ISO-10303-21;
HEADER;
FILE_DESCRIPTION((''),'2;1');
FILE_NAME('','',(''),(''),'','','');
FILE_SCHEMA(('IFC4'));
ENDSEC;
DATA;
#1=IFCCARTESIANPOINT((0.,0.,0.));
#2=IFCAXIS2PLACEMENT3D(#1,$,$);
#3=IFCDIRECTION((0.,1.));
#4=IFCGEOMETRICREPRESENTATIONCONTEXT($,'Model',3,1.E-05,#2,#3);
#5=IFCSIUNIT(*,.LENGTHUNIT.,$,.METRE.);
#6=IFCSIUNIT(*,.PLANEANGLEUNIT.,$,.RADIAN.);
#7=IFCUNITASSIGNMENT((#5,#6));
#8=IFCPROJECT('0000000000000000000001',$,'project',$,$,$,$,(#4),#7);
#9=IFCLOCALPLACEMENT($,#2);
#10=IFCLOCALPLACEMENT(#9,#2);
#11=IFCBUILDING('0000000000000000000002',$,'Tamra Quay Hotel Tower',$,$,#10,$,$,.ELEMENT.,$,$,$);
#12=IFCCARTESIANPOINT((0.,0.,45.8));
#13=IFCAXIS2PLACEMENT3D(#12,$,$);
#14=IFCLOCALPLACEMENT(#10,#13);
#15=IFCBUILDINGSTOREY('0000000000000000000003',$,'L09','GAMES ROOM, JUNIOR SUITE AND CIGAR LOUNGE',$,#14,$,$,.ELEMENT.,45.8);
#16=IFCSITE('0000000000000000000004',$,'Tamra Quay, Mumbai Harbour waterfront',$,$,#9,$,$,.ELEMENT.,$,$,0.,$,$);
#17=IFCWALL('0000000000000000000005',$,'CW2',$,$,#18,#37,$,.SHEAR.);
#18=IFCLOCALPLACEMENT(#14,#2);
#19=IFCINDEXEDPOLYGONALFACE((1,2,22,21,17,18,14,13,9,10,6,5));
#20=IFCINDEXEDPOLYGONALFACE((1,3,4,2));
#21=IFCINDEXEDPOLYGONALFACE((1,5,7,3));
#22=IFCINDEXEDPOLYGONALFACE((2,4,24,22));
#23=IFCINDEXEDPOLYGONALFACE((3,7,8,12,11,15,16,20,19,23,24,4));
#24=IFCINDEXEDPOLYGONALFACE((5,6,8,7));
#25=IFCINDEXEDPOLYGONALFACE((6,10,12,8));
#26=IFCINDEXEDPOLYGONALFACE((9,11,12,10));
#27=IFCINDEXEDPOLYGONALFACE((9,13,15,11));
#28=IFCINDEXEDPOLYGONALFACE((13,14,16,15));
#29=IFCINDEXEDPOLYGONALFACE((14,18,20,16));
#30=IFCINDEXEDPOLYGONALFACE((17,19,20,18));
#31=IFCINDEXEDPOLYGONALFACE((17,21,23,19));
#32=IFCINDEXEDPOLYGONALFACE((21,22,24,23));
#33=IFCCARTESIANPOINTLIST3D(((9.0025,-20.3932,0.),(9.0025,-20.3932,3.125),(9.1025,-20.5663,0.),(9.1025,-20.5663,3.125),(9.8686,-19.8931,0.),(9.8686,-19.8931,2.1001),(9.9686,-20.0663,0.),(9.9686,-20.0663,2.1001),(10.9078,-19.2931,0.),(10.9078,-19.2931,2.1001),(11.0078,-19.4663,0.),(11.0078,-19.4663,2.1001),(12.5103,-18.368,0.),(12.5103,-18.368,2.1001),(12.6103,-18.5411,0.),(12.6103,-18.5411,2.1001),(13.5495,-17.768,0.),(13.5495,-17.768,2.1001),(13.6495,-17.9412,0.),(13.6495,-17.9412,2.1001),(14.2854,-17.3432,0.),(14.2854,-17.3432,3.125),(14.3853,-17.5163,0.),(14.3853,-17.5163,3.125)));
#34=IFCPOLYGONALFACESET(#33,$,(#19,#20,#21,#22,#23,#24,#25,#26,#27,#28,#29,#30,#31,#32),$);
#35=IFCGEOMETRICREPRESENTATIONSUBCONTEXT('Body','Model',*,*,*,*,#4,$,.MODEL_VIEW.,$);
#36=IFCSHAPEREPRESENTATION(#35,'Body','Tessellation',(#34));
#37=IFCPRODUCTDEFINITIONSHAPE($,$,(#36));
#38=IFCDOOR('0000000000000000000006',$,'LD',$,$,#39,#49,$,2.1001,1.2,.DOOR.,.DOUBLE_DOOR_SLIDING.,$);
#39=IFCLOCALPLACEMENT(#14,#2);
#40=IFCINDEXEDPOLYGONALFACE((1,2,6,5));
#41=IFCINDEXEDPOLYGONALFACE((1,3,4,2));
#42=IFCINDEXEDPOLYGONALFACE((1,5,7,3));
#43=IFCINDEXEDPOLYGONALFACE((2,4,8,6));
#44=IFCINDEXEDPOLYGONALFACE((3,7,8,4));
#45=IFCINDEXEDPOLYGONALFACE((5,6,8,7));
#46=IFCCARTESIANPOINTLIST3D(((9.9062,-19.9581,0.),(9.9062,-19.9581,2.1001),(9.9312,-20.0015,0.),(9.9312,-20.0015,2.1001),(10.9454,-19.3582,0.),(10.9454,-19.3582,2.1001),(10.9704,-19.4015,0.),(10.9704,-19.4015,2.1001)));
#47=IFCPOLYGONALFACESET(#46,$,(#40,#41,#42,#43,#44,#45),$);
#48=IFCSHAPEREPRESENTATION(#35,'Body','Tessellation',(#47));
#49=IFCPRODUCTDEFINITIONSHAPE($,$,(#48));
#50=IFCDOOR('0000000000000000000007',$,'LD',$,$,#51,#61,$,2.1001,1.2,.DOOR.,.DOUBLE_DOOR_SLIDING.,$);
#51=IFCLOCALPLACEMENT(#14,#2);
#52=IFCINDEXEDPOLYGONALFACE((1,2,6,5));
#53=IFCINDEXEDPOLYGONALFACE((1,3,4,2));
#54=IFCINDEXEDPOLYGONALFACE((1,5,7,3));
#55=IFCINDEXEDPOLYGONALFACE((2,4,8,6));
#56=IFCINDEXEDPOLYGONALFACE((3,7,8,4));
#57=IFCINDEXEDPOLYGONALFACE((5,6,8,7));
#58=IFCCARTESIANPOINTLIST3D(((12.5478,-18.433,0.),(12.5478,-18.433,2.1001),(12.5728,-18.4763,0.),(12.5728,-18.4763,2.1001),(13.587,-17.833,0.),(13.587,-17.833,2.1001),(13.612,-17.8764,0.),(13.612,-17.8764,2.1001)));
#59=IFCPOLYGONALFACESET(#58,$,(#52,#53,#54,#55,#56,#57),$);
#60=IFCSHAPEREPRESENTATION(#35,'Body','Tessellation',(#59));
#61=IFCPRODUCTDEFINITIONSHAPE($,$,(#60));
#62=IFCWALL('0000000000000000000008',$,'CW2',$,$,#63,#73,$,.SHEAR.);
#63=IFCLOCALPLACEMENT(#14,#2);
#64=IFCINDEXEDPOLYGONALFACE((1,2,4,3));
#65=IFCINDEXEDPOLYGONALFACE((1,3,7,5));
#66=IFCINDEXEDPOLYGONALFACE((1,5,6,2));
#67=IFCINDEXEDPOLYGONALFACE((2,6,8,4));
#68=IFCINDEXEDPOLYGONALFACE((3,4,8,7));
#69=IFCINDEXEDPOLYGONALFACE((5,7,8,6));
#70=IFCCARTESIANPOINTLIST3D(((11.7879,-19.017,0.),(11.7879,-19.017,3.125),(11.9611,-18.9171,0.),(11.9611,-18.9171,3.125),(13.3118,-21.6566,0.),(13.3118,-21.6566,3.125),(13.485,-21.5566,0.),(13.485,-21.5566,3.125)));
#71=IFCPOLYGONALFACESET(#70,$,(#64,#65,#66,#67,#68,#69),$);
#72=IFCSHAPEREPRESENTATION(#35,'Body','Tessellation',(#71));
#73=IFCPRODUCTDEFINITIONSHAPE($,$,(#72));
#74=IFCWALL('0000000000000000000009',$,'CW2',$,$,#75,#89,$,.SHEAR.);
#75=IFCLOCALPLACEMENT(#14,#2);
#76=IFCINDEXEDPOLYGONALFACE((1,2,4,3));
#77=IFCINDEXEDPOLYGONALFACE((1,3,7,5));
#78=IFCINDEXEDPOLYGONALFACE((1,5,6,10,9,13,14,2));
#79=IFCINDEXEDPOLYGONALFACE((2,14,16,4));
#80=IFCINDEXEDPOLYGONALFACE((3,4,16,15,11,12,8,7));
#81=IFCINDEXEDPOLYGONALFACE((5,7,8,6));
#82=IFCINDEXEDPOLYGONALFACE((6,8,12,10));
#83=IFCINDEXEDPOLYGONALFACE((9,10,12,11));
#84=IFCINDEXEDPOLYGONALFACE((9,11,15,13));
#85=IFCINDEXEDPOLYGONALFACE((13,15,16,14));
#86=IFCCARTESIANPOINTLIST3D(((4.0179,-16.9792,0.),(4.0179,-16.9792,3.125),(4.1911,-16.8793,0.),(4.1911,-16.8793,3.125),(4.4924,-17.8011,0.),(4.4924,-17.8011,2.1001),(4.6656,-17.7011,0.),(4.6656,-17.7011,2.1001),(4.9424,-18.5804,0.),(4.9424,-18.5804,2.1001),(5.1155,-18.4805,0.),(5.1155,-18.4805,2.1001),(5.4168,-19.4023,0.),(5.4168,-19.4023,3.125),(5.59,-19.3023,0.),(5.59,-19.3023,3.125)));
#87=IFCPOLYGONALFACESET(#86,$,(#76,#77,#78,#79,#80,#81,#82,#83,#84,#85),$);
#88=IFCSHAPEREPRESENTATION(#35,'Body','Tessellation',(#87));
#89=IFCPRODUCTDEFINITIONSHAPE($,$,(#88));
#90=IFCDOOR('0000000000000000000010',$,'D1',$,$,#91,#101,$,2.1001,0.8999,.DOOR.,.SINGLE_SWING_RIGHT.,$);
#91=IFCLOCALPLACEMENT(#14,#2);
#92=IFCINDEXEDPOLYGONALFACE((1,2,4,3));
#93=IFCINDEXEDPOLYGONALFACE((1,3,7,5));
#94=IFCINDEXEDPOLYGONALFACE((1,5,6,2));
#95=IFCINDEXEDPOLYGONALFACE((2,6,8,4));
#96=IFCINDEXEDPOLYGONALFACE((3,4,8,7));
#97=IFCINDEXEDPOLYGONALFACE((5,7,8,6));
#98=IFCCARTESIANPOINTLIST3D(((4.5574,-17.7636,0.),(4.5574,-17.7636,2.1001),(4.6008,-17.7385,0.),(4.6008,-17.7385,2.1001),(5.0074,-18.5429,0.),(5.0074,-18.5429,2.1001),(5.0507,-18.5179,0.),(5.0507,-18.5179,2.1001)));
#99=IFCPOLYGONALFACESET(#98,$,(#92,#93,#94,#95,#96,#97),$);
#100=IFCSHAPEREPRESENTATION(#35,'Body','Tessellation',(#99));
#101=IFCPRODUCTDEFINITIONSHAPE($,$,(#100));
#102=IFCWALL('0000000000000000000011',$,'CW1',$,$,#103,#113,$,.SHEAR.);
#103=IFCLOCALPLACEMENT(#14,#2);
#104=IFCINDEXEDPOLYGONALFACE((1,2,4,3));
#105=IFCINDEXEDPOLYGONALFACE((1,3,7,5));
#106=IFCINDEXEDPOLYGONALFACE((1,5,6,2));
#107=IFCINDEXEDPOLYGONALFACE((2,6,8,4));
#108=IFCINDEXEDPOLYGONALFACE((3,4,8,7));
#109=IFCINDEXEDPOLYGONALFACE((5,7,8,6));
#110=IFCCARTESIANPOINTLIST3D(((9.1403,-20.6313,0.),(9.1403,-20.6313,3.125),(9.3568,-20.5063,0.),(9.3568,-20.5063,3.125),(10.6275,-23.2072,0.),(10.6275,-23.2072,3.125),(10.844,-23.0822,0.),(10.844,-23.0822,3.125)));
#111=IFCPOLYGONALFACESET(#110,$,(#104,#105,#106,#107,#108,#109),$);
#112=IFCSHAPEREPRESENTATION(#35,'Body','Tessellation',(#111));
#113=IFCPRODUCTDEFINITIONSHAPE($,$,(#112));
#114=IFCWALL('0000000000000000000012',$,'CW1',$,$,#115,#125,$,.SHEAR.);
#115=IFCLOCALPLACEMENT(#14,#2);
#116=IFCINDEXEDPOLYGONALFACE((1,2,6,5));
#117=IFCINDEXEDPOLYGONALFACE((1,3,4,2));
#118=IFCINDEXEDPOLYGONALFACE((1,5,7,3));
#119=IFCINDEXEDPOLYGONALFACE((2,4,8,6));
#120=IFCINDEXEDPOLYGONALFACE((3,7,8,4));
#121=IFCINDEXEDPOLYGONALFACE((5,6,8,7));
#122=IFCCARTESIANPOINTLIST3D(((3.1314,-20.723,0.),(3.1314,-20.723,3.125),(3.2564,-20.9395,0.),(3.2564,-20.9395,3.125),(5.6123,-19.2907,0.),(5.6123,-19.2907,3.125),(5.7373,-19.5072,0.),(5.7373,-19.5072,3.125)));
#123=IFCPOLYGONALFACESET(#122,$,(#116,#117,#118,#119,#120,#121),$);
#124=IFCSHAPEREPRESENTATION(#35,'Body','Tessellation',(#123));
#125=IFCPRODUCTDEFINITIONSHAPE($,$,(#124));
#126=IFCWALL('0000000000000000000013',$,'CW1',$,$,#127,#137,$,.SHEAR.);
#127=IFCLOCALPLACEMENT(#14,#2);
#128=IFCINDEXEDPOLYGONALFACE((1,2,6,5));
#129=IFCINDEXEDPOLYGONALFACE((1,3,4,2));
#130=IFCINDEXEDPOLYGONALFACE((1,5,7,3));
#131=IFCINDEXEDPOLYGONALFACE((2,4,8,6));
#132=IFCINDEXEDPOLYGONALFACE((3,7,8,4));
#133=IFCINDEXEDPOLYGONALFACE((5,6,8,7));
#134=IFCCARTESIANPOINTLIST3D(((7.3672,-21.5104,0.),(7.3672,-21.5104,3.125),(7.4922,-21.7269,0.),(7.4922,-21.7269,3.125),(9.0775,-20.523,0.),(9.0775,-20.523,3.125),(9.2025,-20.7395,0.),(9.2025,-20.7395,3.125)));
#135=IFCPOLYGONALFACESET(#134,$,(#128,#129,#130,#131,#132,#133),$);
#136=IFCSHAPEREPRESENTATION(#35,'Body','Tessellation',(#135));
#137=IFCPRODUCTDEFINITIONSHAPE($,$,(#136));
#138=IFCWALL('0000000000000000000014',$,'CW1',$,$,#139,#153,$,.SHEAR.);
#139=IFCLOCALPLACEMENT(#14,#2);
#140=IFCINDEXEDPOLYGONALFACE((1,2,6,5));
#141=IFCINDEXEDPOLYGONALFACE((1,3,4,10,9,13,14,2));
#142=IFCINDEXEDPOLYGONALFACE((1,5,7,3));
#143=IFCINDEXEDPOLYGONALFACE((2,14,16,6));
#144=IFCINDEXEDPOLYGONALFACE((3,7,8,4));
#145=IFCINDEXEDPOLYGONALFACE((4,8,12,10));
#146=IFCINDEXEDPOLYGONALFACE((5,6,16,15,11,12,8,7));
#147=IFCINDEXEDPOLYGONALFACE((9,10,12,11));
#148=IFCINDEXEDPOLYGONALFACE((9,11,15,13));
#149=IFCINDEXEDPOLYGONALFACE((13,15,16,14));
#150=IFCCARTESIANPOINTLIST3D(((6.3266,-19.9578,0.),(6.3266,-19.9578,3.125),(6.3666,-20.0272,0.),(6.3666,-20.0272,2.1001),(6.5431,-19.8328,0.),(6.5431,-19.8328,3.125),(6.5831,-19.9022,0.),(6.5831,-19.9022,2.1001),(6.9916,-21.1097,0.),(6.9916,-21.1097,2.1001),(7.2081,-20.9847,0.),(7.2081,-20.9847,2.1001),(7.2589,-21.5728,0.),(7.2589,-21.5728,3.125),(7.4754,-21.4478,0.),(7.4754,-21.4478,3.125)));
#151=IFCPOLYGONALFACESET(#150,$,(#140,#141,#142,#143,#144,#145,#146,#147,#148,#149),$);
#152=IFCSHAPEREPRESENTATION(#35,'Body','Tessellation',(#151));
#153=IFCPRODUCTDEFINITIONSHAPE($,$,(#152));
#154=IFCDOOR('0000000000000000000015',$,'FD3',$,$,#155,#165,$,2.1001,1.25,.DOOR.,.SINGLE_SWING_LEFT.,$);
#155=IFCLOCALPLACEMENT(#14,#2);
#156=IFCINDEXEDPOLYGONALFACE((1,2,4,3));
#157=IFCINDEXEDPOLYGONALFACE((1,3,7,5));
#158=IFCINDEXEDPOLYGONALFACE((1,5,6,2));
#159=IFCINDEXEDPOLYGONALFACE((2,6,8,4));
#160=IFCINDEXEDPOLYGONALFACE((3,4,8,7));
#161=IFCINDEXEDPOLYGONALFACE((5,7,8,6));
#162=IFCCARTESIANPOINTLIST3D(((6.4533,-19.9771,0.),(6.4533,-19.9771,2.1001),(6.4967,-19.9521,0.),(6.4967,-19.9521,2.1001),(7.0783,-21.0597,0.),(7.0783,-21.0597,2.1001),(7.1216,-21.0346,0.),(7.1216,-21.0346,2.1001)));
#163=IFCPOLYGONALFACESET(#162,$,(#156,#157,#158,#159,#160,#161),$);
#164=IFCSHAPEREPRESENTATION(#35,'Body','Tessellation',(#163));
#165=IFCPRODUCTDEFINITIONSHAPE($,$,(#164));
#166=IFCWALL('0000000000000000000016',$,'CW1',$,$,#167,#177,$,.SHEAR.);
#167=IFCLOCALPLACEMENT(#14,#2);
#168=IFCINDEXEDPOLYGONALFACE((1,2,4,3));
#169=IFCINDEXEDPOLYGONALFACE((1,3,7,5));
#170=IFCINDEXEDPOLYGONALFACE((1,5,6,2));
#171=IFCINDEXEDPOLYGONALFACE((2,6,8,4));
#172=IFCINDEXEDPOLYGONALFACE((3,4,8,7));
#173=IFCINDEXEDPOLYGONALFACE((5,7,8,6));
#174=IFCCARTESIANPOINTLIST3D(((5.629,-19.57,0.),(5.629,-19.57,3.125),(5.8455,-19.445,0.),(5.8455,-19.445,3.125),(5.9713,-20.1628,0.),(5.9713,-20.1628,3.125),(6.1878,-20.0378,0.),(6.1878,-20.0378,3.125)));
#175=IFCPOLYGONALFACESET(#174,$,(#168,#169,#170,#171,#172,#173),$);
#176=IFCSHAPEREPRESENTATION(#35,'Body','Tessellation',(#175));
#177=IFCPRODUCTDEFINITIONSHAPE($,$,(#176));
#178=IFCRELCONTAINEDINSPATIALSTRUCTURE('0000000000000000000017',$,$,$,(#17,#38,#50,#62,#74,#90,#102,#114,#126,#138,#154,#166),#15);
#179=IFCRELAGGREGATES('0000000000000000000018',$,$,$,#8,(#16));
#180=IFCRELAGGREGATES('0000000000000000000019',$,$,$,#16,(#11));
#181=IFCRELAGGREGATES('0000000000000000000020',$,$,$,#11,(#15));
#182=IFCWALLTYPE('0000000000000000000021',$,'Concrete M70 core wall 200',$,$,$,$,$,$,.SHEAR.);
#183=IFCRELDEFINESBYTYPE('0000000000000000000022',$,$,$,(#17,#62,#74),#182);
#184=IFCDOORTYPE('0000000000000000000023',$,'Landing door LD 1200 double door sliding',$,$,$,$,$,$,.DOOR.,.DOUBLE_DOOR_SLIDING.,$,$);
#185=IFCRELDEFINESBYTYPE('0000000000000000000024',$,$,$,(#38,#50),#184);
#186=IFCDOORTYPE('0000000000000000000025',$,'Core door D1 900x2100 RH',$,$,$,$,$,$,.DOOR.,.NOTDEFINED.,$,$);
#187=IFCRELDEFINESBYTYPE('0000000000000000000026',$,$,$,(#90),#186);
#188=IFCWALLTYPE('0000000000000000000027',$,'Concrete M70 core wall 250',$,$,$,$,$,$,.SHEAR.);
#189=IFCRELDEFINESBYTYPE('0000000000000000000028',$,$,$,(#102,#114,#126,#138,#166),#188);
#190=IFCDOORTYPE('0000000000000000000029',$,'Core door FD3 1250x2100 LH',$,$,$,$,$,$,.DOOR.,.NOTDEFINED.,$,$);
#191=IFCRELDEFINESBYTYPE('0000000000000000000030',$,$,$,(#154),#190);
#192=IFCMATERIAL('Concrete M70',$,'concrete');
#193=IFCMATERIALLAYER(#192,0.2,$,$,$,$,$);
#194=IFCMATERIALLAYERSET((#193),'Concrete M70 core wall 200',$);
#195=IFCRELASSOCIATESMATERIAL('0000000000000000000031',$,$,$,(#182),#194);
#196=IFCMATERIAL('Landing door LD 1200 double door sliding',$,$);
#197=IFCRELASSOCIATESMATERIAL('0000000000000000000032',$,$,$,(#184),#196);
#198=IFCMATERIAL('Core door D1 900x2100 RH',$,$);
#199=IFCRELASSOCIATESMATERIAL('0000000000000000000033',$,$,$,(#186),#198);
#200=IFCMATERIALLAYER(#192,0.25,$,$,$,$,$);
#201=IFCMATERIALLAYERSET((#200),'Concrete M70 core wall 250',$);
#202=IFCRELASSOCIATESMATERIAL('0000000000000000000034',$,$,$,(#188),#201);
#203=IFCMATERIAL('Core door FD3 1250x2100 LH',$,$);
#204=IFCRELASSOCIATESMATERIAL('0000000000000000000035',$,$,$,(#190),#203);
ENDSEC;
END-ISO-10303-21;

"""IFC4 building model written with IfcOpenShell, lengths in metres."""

from ifc_helpers import new_model, si_unit, direction, frame, frame_2d, origin, place, context, subcontext, project, spatial, rectangle, extrude, material, layer, layer_set, type_object, element, fill, save


model = new_model("IFC4")

# Units and contexts
model_context = context("Model", 3, precision=1e-05, world=origin(), true_north=direction((0.0, 1.0)))
body_context = subcontext(model_context, "Body", "Model", "MODEL_VIEW")
ifc_project = project(units=[si_unit("LENGTHUNIT", "METRE"), si_unit("PLANEANGLEUNIT", "RADIAN")], contexts=[model_context])

# Site, building, storey
site_placement = place(None, origin())
site = spatial("IfcSite", under=ifc_project, at=site_placement, Name="Tamra Quay, Mumbai Harbour waterfront", CompositionType="ELEMENT", RefElevation=0.0)
building_placement = place(site_placement, origin())
building = spatial("IfcBuilding", under=site, at=building_placement, Name="Tamra Quay Hotel Tower", CompositionType="ELEMENT")
storey_placement = place(building_placement, frame((0.0, 0.0, 45.8)))
storey = spatial("IfcBuildingStorey", under=building, at=storey_placement, Name="L09", Description="GAMES ROOM, JUNIOR SUITE AND CIGAR LOUNGE", CompositionType="ELEMENT", Elevation=45.8)

# Shared definitions
ifc_material_1 = material(Name="Concrete M70", Category="concrete")

# Wall, openings, doors
ifc_layer_1 = layer(ifc_material_1, 0.2)
ifc_layer_set_1 = layer_set([ifc_layer_1], Name="Concrete M70 core wall 200")
wall_type_1 = type_object("IfcWallType", Name="Concrete M70 core wall 200", PredefinedType="SHEAR", material=ifc_layer_set_1)
wall_1_placement = place(storey_placement, frame((9.0525, -20.4797, 0.0), z_axis=(0.0, 0.0, 1.0), x_axis=(0.86603, 0.499992, 0.0)))
wall_1 = element("IfcWall", 1, at=wall_1_placement, inside=storey, type_object=wall_type_1, Name="CW2", PredefinedType="SHEAR", context=body_context, shape_type="SweptSolid", body=[
    extrude(rectangle(XDim=6.1001, YDim=0.2, at=frame_2d((3.05, 0.0))), origin(), (0.0, 0.0, 1.0), 3.125),
])
opening_1_placement = place(wall_1_placement, frame((1.0, 0.0, 0.0)))
opening_1 = element("IfcOpeningElement", 2, at=opening_1_placement, cuts=wall_1, PredefinedType="OPENING", context=body_context, shape_type="SweptSolid", body=[
    extrude(rectangle(XDim=1.2, YDim=2.1001, at=frame_2d((0.6001, 1.05))), frame((0.0, 0.1099, 0.0), z_axis=(0.0, -1.0, 0.0), x_axis=(1.0, 0.0, 0.0)), (0.0, 0.0, 1.0), 0.22),
])
opening_2_placement = place(wall_1_placement, frame((4.0503, 0.0, 0.0)))
opening_2 = element("IfcOpeningElement", 3, at=opening_2_placement, cuts=wall_1, PredefinedType="OPENING", context=body_context, shape_type="SweptSolid", body=[
    extrude(rectangle(XDim=1.2, YDim=2.1001, at=frame_2d((0.6001, 1.05))), frame((0.0, 0.1099, 0.0), z_axis=(0.0, -1.0, 0.0), x_axis=(1.0, 0.0, 0.0)), (0.0, 0.0, 1.0), 0.22),
])
ifc_material_2 = material(Name="Landing door LD 1200 double door sliding")
door_type_1 = type_object("IfcDoorType", Name="Landing door LD 1200 double door sliding", OperationType="DOUBLE_DOOR_SLIDING", PredefinedType="DOOR", material=ifc_material_2)
door_1_placement = place(opening_1_placement, origin())
door_1 = element("IfcDoor", 4, at=door_1_placement, inside=storey, type_object=door_type_1, Name="LD", OperationType="DOUBLE_DOOR_SLIDING", OverallHeight=2.1001, OverallWidth=1.2, PredefinedType="DOOR", context=body_context, shape_type="SweptSolid", body=[
    extrude(rectangle(XDim=1.2, YDim=2.1001, at=frame_2d((0.6001, 1.05))), frame((0.0, 0.0249, 0.0), z_axis=(0.0, -1.0, 0.0), x_axis=(1.0, 0.0, 0.0)), (0.0, 0.0, 1.0), 0.05),
])
fill(opening_1, door_1)
door_2_placement = place(opening_2_placement, origin())
door_2 = element("IfcDoor", 5, at=door_2_placement, inside=storey, type_object=door_type_1, Name="LD", OperationType="DOUBLE_DOOR_SLIDING", OverallHeight=2.1001, OverallWidth=1.2, PredefinedType="DOOR", context=body_context, shape_type="SweptSolid", body=[
    extrude(rectangle(XDim=1.2, YDim=2.1001, at=frame_2d((0.6001, 1.05))), frame((0.0, 0.0249, 0.0), z_axis=(0.0, -1.0, 0.0), x_axis=(1.0, 0.0, 0.0)), (0.0, 0.0, 1.0), 0.05),
])
fill(opening_2, door_2)

# Wall
wall_2_placement = place(storey_placement, frame((11.8745, -18.967, 0.0), z_axis=(0.0, 0.0, 1.0), x_axis=(0.499981, -0.866036, 0.0)))
element("IfcWall", 6, at=wall_2_placement, inside=storey, type_object=wall_type_1, Name="CW2", PredefinedType="SHEAR", context=body_context, shape_type="SweptSolid", body=[
    extrude(rectangle(XDim=3.0479, YDim=0.2, at=frame_2d((1.5239, 0.0))), origin(), (0.0, 0.0, 1.0), 3.125),
])

# Wall, opening, door
wall_3_placement = place(storey_placement, frame((5.5034, -19.3523, 0.0), z_axis=(0.0, 0.0, 1.0), x_axis=(-0.499987, 0.866033, 0.0)))
wall_3 = element("IfcWall", 7, at=wall_3_placement, inside=storey, type_object=wall_type_1, Name="CW2", PredefinedType="SHEAR", context=body_context, shape_type="SweptSolid", body=[
    extrude(rectangle(XDim=2.7979, YDim=0.2, at=frame_2d((1.3989, 0.0))), origin(), (0.0, 0.0, 1.0), 3.125),
])
opening_3_placement = place(wall_3_placement, frame((0.949, 0.0, 0.0)))
opening_3 = element("IfcOpeningElement", 8, at=opening_3_placement, cuts=wall_3, PredefinedType="OPENING", context=body_context, shape_type="SweptSolid", body=[
    extrude(rectangle(XDim=0.8999, YDim=2.1001, at=frame_2d((0.45, 1.05))), frame((0.0, 0.1099, 0.0), z_axis=(0.0, -1.0, 0.0), x_axis=(1.0, 0.0, 0.0)), (0.0, 0.0, 1.0), 0.22),
])
ifc_material_3 = material(Name="Core door D1 900x2100 RH")
door_type_2 = type_object("IfcDoorType", Name="Core door D1 900x2100 RH", OperationType="NOTDEFINED", PredefinedType="DOOR", material=ifc_material_3)
door_3_placement = place(opening_3_placement, origin())
door_3 = element("IfcDoor", 9, at=door_3_placement, inside=storey, type_object=door_type_2, Name="D1", OperationType="SINGLE_SWING_RIGHT", OverallHeight=2.1001, OverallWidth=0.8999, PredefinedType="DOOR", context=body_context, shape_type="SweptSolid", body=[
    extrude(rectangle(XDim=0.8999, YDim=2.1001, at=frame_2d((0.45, 1.05))), frame((0.0, 0.0249, 0.0), z_axis=(0.0, -1.0, 0.0), x_axis=(1.0, 0.0, 0.0)), (0.0, 0.0, 1.0), 0.05),
])
fill(opening_3, door_3)

# Walls
ifc_layer_2 = layer(ifc_material_1, 0.25)
ifc_layer_set_2 = layer_set([ifc_layer_2], Name="Concrete M70 core wall 250")
wall_type_2 = type_object("IfcWallType", Name="Concrete M70 core wall 250", PredefinedType="SHEAR", material=ifc_layer_set_2)
wall_4_placement = place(storey_placement, frame((10.7358, -23.1448, 0.0), z_axis=(0.0, 0.0, 1.0), x_axis=(-0.500023, 0.866012, 0.0)))
element("IfcWall", 10, at=wall_4_placement, inside=storey, type_object=wall_type_2, Name="CW1", PredefinedType="SHEAR", context=body_context, shape_type="SweptSolid", body=[
    extrude(rectangle(XDim=2.9744, YDim=0.25, at=frame_2d((1.4873, 0.0))), origin(), (0.0, 0.0, 1.0), 3.125),
])
wall_5_placement = place(storey_placement, frame((5.6748, -19.3989, 0.0), z_axis=(0.0, 0.0, 1.0), x_axis=(-0.866027, -0.499998, 0.0)))
element("IfcWall", 11, at=wall_5_placement, inside=storey, type_object=wall_type_2, Name="CW1", PredefinedType="SHEAR", context=body_context, shape_type="SweptSolid", body=[
    extrude(rectangle(XDim=2.8647, YDim=0.25, at=frame_2d((1.4324, 0.0))), origin(), (0.0, 0.0, 1.0), 3.125),
])
wall_6_placement = place(storey_placement, frame((9.1399, -20.6313, 0.0), z_axis=(0.0, 0.0, 1.0), x_axis=(-0.866044, -0.499969, 0.0)))
element("IfcWall", 12, at=wall_6_placement, inside=storey, type_object=wall_type_2, Name="CW1", PredefinedType="SHEAR", context=body_context, shape_type="SweptSolid", body=[
    extrude(rectangle(XDim=1.9749, YDim=0.25, at=frame_2d((0.9873, 0.0))), origin(), (0.0, 0.0, 1.0), 3.125),
])

# Wall, opening, door
wall_7_placement = place(storey_placement, frame((7.3672, -21.5103, 0.0), z_axis=(0.0, 0.0, 1.0), x_axis=(-0.499983, 0.866035, 0.0)))
wall_7 = element("IfcWall", 13, at=wall_7_placement, inside=storey, type_object=wall_type_2, Name="CW1", PredefinedType="SHEAR", context=body_context, shape_type="SweptSolid", body=[
    extrude(rectangle(XDim=1.8647, YDim=0.25, at=frame_2d((0.9324, 0.0))), origin(), (0.0, 0.0, 1.0), 3.125),
])
opening_4_placement = place(wall_7_placement, frame((0.5347, 0.0, 0.0)))
opening_4 = element("IfcOpeningElement", 14, at=opening_4_placement, cuts=wall_7, PredefinedType="OPENING", context=body_context, shape_type="SweptSolid", body=[
    extrude(rectangle(XDim=1.25, YDim=2.1001, at=frame_2d((0.625, 1.05))), frame((0.0, 0.135, 0.0), z_axis=(0.0, -1.0, 0.0), x_axis=(1.0, 0.0, 0.0)), (0.0, 0.0, 1.0), 0.27),
])
ifc_material_4 = material(Name="Core door FD3 1250x2100 LH")
door_type_3 = type_object("IfcDoorType", Name="Core door FD3 1250x2100 LH", OperationType="NOTDEFINED", PredefinedType="DOOR", material=ifc_material_4)
door_4_placement = place(opening_4_placement, origin())
door_4 = element("IfcDoor", 15, at=door_4_placement, inside=storey, type_object=door_type_3, Name="FD3", OperationType="SINGLE_SWING_LEFT", OverallHeight=2.1001, OverallWidth=1.25, PredefinedType="DOOR", context=body_context, shape_type="SweptSolid", body=[
    extrude(rectangle(XDim=1.25, YDim=2.1001, at=frame_2d((0.625, 1.05))), frame((0.0, 0.0249, 0.0), z_axis=(0.0, -1.0, 0.0), x_axis=(1.0, 0.0, 0.0)), (0.0, 0.0, 1.0), 0.05),
])
fill(opening_4, door_4)

# Wall
wall_8_placement = place(storey_placement, frame((6.0796, -20.1003, 0.0), z_axis=(0.0, 0.0, 1.0), x_axis=(-0.500052, 0.865996, 0.0)))
element("IfcWall", 16, at=wall_8_placement, inside=storey, type_object=wall_type_2, Name="CW1", PredefinedType="SHEAR", context=body_context, shape_type="SweptSolid", body=[
    extrude(rectangle(XDim=0.6846, YDim=0.25, at=frame_2d((0.3423, 0.0))), origin(), (0.0, 0.0, 1.0), 3.125),
])

save(model, "model.ifc")
